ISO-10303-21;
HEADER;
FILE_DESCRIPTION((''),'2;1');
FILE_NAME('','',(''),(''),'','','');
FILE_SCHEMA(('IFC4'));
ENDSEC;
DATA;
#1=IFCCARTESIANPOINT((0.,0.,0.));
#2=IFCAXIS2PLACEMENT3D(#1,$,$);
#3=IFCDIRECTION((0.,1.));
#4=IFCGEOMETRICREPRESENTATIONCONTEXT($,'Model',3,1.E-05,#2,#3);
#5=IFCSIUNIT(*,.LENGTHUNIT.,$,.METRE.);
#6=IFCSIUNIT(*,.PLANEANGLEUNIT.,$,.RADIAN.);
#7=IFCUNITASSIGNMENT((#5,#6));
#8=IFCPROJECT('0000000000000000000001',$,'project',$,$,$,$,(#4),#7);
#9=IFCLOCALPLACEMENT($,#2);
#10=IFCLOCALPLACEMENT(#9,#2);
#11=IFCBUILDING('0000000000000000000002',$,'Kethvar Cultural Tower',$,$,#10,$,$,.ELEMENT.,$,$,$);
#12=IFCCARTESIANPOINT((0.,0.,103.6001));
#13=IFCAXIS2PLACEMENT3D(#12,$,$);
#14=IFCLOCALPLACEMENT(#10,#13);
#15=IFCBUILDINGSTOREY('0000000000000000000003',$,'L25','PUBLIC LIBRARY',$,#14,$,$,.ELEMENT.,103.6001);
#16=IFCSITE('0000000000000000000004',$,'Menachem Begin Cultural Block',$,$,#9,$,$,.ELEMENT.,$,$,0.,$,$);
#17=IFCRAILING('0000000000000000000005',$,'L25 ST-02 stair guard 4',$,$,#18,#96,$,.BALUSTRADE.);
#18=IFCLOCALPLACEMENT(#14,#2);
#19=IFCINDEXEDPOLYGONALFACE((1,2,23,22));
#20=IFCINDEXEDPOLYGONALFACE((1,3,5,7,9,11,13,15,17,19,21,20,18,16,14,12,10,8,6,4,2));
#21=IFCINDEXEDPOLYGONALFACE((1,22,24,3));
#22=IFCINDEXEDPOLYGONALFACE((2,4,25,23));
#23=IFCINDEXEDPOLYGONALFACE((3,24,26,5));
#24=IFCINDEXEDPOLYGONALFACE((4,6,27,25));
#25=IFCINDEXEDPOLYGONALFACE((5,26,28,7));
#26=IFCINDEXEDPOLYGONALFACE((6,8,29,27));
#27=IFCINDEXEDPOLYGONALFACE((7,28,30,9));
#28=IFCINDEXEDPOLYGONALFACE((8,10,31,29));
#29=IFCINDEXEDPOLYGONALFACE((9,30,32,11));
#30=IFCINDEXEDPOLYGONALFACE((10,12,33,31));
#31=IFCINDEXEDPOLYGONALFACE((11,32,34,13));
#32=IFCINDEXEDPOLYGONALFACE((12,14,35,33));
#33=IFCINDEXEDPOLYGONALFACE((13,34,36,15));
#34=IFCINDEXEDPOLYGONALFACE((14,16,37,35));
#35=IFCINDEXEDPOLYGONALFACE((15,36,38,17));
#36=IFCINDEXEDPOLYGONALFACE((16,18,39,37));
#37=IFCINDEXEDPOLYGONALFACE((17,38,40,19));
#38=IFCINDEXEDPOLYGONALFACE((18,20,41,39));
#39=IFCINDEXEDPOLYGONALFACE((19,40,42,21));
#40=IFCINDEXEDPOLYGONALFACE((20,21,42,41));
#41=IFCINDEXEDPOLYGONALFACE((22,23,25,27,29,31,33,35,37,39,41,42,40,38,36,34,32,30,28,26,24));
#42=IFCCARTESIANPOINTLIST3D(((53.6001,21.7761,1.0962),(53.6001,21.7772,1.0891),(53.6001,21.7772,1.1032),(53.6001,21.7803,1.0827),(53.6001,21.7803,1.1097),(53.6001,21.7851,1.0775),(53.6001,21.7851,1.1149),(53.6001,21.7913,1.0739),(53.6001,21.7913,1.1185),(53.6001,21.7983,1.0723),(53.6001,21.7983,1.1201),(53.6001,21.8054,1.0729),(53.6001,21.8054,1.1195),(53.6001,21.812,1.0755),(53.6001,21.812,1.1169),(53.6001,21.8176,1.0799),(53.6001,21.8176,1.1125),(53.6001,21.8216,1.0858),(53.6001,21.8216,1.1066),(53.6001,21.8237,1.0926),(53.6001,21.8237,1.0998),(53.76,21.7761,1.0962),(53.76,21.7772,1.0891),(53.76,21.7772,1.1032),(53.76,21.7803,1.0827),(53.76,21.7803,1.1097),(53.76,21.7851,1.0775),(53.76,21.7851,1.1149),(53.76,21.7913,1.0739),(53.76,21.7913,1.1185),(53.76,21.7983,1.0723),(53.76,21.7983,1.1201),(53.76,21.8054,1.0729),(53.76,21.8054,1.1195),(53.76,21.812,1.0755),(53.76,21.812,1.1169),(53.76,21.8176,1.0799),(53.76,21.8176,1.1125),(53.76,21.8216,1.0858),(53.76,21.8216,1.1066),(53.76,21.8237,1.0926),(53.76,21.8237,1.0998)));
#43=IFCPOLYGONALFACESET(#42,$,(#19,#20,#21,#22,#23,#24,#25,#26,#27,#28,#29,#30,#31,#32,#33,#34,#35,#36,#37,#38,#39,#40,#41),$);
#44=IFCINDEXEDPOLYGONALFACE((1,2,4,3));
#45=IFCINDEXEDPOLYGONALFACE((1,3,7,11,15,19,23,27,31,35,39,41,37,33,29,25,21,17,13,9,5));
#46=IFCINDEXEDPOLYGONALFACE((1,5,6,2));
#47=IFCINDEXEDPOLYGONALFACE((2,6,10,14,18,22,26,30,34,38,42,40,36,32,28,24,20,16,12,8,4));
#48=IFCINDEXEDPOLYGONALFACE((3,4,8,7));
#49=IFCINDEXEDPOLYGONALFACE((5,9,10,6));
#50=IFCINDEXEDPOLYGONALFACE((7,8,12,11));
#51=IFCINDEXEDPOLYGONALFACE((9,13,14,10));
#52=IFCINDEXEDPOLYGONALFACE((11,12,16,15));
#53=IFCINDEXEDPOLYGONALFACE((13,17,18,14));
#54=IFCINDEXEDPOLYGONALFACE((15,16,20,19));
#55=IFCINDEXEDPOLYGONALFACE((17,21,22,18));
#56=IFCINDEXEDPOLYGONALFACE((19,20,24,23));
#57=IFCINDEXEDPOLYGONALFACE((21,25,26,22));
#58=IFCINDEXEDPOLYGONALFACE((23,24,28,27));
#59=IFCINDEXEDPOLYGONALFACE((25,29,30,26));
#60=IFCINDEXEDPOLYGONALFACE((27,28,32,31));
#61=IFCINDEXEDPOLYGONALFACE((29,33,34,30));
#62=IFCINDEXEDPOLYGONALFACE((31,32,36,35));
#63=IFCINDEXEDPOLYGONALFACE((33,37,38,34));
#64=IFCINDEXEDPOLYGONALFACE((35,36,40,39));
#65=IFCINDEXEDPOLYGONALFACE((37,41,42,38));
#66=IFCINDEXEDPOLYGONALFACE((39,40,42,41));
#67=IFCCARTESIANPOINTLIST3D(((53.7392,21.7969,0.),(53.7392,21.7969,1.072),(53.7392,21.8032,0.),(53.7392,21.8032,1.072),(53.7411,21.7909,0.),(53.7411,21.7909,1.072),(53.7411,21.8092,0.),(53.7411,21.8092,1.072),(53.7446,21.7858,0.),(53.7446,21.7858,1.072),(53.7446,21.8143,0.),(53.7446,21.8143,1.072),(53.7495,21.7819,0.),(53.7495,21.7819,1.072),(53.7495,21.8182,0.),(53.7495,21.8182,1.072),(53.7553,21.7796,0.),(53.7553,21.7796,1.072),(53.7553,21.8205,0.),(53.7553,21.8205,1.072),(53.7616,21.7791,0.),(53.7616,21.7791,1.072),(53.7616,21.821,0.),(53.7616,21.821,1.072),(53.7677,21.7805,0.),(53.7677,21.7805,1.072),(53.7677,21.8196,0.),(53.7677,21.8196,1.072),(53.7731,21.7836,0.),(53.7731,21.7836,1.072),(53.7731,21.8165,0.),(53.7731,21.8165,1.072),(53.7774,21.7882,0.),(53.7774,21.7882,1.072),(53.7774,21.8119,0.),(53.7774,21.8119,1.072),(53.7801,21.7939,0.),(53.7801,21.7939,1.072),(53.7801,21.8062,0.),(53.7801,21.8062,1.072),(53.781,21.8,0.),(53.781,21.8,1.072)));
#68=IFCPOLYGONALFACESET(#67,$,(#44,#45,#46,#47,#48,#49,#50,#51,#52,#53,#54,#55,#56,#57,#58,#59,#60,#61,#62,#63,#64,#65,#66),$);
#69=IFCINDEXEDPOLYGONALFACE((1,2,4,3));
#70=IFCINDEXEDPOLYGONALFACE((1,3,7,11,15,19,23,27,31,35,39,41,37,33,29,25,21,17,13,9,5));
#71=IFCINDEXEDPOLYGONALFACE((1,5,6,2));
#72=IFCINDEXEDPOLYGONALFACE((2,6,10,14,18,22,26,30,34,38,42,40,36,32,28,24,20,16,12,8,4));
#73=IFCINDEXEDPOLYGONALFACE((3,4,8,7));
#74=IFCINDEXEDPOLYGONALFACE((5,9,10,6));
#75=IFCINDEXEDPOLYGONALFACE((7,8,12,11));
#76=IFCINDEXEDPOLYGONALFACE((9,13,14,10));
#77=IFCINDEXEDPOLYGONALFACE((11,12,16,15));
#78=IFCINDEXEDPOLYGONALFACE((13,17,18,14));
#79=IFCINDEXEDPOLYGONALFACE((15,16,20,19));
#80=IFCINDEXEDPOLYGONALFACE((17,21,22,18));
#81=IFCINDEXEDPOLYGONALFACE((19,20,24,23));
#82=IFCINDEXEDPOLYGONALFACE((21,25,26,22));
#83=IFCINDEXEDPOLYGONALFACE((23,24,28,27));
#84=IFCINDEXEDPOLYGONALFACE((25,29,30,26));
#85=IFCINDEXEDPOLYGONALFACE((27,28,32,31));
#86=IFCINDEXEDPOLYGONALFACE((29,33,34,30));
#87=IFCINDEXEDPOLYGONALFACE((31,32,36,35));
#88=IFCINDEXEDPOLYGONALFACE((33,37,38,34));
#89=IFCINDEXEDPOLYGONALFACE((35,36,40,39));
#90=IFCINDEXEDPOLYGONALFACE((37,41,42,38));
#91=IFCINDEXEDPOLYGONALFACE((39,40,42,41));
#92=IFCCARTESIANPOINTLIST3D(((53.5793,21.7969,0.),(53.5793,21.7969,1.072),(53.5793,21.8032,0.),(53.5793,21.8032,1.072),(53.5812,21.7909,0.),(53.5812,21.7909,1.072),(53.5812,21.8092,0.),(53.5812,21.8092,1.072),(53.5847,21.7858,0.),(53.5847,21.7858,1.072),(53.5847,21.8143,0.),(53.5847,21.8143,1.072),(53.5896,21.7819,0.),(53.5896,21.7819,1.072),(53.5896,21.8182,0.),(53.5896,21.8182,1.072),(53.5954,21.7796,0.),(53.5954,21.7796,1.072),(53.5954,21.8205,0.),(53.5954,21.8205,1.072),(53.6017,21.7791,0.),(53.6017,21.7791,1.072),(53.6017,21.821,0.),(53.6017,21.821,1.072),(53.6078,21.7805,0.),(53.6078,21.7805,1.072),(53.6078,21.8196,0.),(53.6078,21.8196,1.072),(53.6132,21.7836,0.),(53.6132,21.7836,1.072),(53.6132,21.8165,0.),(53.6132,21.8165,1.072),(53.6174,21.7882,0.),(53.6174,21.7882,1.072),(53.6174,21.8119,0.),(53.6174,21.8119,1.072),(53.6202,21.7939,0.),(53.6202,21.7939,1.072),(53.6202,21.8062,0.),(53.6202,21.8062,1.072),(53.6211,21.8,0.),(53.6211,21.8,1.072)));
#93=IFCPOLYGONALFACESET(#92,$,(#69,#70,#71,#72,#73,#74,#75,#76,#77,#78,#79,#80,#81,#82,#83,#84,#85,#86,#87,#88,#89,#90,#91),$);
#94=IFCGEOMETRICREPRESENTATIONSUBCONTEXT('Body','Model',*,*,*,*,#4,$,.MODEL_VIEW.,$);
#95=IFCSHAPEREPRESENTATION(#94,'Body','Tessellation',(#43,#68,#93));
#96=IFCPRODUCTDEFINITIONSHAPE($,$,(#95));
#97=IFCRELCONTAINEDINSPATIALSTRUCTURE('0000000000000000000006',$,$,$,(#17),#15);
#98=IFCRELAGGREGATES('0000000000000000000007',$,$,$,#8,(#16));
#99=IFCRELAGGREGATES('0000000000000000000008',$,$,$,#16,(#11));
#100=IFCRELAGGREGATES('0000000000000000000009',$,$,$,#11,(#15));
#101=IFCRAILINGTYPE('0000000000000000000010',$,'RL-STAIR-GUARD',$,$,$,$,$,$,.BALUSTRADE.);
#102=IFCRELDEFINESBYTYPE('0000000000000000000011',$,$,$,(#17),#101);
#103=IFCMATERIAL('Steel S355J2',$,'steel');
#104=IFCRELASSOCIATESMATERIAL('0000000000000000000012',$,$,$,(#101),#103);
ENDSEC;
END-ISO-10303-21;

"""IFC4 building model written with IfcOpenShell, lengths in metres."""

from ifc_helpers import new_model, si_unit, direction, frame, origin, origin_2d, place, context, subcontext, project, spatial, circle, extrude, material, type_object, element, save


model = new_model("IFC4")

# Units and contexts
model_context = context("Model", 3, precision=1e-05, world=origin(), true_north=direction((0.0, 1.0)))
body_context = subcontext(model_context, "Body", "Model", "MODEL_VIEW")
ifc_project = project(units=[si_unit("LENGTHUNIT", "METRE"), si_unit("PLANEANGLEUNIT", "RADIAN")], contexts=[model_context])

# Site, building, storey
site_placement = place(None, origin())
site = spatial("IfcSite", under=ifc_project, at=site_placement, Name="Menachem Begin Cultural Block", CompositionType="ELEMENT", RefElevation=0.0)
building_placement = place(site_placement, origin())
building = spatial("IfcBuilding", under=site, at=building_placement, Name="Kethvar Cultural Tower", CompositionType="ELEMENT")
storey_placement = place(building_placement, frame((0.0, 0.0, 103.6001)))
storey = spatial("IfcBuildingStorey", under=building, at=storey_placement, Name="L25", Description="PUBLIC LIBRARY", CompositionType="ELEMENT", Elevation=103.6001)

# Shared definitions
ifc_material_1 = material(Name="Steel S355J2", Category="steel")

# Railing
railing_type_1 = type_object("IfcRailingType", Name="RL-STAIR-GUARD", PredefinedType="BALUSTRADE", material=ifc_material_1)
railing_1_placement = place(storey_placement, frame((53.76, 21.8, 0.0)))
element("IfcRailing", 1, at=railing_1_placement, inside=storey, type_object=railing_type_1, Name="L25 ST-02 stair guard 4", PredefinedType="BALUSTRADE", context=body_context, shape_type="SweptSolid", body=[
    extrude(circle(Radius=0.0239, at=origin_2d()), frame((0.0, 0.0, 1.0962), z_axis=(-1.0, 0.0, 0.0), x_axis=(0.0, -1.0, 0.0)), (0.0, 0.0, 1.0), 0.1599),
    extrude(circle(Radius=0.021, at=origin_2d()), origin(), (0.0, 0.0, 1.0), 1.072),
    extrude(circle(Radius=0.021, at=origin_2d()), frame((-0.1599, 0.0, 0.0)), (0.0, 0.0, 1.0), 1.072),
])

save(model, "model.ifc")
